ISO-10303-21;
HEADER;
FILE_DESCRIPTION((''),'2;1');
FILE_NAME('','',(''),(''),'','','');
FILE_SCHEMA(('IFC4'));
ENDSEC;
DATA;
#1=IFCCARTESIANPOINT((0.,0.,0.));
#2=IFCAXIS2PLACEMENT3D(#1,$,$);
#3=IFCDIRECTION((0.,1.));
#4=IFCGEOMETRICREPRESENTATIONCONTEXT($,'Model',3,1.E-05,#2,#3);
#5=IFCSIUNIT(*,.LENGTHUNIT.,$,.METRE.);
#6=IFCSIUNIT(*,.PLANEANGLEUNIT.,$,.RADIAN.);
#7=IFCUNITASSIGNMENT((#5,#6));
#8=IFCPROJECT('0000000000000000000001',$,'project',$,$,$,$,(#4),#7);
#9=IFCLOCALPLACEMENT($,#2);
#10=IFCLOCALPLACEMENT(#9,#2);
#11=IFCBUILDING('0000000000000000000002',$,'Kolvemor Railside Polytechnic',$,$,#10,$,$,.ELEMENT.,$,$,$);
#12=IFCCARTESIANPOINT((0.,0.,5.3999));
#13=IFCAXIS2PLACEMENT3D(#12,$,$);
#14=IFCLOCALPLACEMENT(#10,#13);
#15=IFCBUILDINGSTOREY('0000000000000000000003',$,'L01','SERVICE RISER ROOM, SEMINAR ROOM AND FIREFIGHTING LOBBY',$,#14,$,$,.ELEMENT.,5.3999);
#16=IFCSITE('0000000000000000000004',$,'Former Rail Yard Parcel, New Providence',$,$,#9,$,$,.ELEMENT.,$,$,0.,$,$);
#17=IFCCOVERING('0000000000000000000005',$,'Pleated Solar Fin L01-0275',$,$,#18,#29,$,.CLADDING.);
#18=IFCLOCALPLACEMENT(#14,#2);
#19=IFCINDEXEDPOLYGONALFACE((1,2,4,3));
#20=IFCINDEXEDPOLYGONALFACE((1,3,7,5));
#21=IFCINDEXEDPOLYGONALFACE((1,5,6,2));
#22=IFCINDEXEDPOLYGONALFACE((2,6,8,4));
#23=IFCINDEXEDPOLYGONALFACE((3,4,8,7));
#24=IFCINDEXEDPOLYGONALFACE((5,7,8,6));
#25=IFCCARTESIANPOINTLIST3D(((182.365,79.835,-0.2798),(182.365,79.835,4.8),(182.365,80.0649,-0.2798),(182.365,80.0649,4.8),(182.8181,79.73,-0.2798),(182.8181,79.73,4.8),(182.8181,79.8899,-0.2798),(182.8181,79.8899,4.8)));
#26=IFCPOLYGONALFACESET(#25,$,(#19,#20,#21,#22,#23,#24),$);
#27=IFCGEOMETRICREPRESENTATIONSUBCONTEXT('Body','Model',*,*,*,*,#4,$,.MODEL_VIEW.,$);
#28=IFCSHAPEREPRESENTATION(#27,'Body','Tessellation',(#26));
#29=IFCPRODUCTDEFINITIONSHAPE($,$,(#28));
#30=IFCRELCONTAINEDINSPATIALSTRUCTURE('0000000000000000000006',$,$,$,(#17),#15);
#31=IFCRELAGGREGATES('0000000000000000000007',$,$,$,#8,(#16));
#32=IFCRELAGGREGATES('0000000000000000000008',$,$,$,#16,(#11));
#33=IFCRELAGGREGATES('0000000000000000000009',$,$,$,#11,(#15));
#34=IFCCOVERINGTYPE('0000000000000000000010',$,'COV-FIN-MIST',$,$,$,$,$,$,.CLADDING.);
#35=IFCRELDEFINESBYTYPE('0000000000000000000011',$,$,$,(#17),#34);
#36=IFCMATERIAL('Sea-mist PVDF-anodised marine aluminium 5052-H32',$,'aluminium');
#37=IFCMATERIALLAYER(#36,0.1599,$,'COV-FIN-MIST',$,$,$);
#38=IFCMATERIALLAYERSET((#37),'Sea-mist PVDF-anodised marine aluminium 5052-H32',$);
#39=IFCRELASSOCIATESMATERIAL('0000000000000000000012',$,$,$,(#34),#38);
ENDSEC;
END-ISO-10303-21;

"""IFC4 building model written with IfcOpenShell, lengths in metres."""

from ifc_helpers import new_model, si_unit, direction, frame, origin, place, context, subcontext, project, spatial, polyline, outline, extrude, material, layer, layer_set, type_object, element, save


model = new_model("IFC4")

# Units and contexts
model_context = context("Model", 3, precision=1e-05, world=origin(), true_north=direction((0.0, 1.0)))
body_context = subcontext(model_context, "Body", "Model", "MODEL_VIEW")
ifc_project = project(units=[si_unit("LENGTHUNIT", "METRE"), si_unit("PLANEANGLEUNIT", "RADIAN")], contexts=[model_context])

# Site, building, storey
site_placement = place(None, origin())
site = spatial("IfcSite", under=ifc_project, at=site_placement, Name="Former Rail Yard Parcel, New Providence", CompositionType="ELEMENT", RefElevation=0.0)
building_placement = place(site_placement, origin())
building = spatial("IfcBuilding", under=site, at=building_placement, Name="Kolvemor Railside Polytechnic", CompositionType="ELEMENT")
storey_placement = place(building_placement, frame((0.0, 0.0, 5.3999)))
storey = spatial("IfcBuildingStorey", under=building, at=storey_placement, Name="L01", Description="SERVICE RISER ROOM, SEMINAR ROOM AND FIREFIGHTING LOBBY", CompositionType="ELEMENT", Elevation=5.3999)

# Covering
ifc_material_1 = material(Name="Sea-mist PVDF-anodised marine aluminium 5052-H32", Category="aluminium")
ifc_layer_1 = layer(ifc_material_1, 0.1599, Name="COV-FIN-MIST")
ifc_layer_set_1 = layer_set([ifc_layer_1], Name="Sea-mist PVDF-anodised marine aluminium 5052-H32")
covering_type_1 = type_object("IfcCoveringType", Name="COV-FIN-MIST", PredefinedType="CLADDING", material=ifc_layer_set_1)
covering_1_placement = place(storey_placement, frame((0.0, 0.0, -0.2798)))
element("IfcCovering", 1, at=covering_1_placement, inside=storey, type_object=covering_type_1, Name="Pleated Solar Fin L01-0275", PredefinedType="CLADDING", context=body_context, shape_type="SweptSolid", body=[
    extrude(outline(polyline([(182.365, 79.835), (182.365, 80.0649), (182.8181, 79.8899), (182.8181, 79.73), (182.365, 79.835)])), origin(), (0.0, 0.0, 1.0), 5.0798),
])

save(model, "model.ifc")
